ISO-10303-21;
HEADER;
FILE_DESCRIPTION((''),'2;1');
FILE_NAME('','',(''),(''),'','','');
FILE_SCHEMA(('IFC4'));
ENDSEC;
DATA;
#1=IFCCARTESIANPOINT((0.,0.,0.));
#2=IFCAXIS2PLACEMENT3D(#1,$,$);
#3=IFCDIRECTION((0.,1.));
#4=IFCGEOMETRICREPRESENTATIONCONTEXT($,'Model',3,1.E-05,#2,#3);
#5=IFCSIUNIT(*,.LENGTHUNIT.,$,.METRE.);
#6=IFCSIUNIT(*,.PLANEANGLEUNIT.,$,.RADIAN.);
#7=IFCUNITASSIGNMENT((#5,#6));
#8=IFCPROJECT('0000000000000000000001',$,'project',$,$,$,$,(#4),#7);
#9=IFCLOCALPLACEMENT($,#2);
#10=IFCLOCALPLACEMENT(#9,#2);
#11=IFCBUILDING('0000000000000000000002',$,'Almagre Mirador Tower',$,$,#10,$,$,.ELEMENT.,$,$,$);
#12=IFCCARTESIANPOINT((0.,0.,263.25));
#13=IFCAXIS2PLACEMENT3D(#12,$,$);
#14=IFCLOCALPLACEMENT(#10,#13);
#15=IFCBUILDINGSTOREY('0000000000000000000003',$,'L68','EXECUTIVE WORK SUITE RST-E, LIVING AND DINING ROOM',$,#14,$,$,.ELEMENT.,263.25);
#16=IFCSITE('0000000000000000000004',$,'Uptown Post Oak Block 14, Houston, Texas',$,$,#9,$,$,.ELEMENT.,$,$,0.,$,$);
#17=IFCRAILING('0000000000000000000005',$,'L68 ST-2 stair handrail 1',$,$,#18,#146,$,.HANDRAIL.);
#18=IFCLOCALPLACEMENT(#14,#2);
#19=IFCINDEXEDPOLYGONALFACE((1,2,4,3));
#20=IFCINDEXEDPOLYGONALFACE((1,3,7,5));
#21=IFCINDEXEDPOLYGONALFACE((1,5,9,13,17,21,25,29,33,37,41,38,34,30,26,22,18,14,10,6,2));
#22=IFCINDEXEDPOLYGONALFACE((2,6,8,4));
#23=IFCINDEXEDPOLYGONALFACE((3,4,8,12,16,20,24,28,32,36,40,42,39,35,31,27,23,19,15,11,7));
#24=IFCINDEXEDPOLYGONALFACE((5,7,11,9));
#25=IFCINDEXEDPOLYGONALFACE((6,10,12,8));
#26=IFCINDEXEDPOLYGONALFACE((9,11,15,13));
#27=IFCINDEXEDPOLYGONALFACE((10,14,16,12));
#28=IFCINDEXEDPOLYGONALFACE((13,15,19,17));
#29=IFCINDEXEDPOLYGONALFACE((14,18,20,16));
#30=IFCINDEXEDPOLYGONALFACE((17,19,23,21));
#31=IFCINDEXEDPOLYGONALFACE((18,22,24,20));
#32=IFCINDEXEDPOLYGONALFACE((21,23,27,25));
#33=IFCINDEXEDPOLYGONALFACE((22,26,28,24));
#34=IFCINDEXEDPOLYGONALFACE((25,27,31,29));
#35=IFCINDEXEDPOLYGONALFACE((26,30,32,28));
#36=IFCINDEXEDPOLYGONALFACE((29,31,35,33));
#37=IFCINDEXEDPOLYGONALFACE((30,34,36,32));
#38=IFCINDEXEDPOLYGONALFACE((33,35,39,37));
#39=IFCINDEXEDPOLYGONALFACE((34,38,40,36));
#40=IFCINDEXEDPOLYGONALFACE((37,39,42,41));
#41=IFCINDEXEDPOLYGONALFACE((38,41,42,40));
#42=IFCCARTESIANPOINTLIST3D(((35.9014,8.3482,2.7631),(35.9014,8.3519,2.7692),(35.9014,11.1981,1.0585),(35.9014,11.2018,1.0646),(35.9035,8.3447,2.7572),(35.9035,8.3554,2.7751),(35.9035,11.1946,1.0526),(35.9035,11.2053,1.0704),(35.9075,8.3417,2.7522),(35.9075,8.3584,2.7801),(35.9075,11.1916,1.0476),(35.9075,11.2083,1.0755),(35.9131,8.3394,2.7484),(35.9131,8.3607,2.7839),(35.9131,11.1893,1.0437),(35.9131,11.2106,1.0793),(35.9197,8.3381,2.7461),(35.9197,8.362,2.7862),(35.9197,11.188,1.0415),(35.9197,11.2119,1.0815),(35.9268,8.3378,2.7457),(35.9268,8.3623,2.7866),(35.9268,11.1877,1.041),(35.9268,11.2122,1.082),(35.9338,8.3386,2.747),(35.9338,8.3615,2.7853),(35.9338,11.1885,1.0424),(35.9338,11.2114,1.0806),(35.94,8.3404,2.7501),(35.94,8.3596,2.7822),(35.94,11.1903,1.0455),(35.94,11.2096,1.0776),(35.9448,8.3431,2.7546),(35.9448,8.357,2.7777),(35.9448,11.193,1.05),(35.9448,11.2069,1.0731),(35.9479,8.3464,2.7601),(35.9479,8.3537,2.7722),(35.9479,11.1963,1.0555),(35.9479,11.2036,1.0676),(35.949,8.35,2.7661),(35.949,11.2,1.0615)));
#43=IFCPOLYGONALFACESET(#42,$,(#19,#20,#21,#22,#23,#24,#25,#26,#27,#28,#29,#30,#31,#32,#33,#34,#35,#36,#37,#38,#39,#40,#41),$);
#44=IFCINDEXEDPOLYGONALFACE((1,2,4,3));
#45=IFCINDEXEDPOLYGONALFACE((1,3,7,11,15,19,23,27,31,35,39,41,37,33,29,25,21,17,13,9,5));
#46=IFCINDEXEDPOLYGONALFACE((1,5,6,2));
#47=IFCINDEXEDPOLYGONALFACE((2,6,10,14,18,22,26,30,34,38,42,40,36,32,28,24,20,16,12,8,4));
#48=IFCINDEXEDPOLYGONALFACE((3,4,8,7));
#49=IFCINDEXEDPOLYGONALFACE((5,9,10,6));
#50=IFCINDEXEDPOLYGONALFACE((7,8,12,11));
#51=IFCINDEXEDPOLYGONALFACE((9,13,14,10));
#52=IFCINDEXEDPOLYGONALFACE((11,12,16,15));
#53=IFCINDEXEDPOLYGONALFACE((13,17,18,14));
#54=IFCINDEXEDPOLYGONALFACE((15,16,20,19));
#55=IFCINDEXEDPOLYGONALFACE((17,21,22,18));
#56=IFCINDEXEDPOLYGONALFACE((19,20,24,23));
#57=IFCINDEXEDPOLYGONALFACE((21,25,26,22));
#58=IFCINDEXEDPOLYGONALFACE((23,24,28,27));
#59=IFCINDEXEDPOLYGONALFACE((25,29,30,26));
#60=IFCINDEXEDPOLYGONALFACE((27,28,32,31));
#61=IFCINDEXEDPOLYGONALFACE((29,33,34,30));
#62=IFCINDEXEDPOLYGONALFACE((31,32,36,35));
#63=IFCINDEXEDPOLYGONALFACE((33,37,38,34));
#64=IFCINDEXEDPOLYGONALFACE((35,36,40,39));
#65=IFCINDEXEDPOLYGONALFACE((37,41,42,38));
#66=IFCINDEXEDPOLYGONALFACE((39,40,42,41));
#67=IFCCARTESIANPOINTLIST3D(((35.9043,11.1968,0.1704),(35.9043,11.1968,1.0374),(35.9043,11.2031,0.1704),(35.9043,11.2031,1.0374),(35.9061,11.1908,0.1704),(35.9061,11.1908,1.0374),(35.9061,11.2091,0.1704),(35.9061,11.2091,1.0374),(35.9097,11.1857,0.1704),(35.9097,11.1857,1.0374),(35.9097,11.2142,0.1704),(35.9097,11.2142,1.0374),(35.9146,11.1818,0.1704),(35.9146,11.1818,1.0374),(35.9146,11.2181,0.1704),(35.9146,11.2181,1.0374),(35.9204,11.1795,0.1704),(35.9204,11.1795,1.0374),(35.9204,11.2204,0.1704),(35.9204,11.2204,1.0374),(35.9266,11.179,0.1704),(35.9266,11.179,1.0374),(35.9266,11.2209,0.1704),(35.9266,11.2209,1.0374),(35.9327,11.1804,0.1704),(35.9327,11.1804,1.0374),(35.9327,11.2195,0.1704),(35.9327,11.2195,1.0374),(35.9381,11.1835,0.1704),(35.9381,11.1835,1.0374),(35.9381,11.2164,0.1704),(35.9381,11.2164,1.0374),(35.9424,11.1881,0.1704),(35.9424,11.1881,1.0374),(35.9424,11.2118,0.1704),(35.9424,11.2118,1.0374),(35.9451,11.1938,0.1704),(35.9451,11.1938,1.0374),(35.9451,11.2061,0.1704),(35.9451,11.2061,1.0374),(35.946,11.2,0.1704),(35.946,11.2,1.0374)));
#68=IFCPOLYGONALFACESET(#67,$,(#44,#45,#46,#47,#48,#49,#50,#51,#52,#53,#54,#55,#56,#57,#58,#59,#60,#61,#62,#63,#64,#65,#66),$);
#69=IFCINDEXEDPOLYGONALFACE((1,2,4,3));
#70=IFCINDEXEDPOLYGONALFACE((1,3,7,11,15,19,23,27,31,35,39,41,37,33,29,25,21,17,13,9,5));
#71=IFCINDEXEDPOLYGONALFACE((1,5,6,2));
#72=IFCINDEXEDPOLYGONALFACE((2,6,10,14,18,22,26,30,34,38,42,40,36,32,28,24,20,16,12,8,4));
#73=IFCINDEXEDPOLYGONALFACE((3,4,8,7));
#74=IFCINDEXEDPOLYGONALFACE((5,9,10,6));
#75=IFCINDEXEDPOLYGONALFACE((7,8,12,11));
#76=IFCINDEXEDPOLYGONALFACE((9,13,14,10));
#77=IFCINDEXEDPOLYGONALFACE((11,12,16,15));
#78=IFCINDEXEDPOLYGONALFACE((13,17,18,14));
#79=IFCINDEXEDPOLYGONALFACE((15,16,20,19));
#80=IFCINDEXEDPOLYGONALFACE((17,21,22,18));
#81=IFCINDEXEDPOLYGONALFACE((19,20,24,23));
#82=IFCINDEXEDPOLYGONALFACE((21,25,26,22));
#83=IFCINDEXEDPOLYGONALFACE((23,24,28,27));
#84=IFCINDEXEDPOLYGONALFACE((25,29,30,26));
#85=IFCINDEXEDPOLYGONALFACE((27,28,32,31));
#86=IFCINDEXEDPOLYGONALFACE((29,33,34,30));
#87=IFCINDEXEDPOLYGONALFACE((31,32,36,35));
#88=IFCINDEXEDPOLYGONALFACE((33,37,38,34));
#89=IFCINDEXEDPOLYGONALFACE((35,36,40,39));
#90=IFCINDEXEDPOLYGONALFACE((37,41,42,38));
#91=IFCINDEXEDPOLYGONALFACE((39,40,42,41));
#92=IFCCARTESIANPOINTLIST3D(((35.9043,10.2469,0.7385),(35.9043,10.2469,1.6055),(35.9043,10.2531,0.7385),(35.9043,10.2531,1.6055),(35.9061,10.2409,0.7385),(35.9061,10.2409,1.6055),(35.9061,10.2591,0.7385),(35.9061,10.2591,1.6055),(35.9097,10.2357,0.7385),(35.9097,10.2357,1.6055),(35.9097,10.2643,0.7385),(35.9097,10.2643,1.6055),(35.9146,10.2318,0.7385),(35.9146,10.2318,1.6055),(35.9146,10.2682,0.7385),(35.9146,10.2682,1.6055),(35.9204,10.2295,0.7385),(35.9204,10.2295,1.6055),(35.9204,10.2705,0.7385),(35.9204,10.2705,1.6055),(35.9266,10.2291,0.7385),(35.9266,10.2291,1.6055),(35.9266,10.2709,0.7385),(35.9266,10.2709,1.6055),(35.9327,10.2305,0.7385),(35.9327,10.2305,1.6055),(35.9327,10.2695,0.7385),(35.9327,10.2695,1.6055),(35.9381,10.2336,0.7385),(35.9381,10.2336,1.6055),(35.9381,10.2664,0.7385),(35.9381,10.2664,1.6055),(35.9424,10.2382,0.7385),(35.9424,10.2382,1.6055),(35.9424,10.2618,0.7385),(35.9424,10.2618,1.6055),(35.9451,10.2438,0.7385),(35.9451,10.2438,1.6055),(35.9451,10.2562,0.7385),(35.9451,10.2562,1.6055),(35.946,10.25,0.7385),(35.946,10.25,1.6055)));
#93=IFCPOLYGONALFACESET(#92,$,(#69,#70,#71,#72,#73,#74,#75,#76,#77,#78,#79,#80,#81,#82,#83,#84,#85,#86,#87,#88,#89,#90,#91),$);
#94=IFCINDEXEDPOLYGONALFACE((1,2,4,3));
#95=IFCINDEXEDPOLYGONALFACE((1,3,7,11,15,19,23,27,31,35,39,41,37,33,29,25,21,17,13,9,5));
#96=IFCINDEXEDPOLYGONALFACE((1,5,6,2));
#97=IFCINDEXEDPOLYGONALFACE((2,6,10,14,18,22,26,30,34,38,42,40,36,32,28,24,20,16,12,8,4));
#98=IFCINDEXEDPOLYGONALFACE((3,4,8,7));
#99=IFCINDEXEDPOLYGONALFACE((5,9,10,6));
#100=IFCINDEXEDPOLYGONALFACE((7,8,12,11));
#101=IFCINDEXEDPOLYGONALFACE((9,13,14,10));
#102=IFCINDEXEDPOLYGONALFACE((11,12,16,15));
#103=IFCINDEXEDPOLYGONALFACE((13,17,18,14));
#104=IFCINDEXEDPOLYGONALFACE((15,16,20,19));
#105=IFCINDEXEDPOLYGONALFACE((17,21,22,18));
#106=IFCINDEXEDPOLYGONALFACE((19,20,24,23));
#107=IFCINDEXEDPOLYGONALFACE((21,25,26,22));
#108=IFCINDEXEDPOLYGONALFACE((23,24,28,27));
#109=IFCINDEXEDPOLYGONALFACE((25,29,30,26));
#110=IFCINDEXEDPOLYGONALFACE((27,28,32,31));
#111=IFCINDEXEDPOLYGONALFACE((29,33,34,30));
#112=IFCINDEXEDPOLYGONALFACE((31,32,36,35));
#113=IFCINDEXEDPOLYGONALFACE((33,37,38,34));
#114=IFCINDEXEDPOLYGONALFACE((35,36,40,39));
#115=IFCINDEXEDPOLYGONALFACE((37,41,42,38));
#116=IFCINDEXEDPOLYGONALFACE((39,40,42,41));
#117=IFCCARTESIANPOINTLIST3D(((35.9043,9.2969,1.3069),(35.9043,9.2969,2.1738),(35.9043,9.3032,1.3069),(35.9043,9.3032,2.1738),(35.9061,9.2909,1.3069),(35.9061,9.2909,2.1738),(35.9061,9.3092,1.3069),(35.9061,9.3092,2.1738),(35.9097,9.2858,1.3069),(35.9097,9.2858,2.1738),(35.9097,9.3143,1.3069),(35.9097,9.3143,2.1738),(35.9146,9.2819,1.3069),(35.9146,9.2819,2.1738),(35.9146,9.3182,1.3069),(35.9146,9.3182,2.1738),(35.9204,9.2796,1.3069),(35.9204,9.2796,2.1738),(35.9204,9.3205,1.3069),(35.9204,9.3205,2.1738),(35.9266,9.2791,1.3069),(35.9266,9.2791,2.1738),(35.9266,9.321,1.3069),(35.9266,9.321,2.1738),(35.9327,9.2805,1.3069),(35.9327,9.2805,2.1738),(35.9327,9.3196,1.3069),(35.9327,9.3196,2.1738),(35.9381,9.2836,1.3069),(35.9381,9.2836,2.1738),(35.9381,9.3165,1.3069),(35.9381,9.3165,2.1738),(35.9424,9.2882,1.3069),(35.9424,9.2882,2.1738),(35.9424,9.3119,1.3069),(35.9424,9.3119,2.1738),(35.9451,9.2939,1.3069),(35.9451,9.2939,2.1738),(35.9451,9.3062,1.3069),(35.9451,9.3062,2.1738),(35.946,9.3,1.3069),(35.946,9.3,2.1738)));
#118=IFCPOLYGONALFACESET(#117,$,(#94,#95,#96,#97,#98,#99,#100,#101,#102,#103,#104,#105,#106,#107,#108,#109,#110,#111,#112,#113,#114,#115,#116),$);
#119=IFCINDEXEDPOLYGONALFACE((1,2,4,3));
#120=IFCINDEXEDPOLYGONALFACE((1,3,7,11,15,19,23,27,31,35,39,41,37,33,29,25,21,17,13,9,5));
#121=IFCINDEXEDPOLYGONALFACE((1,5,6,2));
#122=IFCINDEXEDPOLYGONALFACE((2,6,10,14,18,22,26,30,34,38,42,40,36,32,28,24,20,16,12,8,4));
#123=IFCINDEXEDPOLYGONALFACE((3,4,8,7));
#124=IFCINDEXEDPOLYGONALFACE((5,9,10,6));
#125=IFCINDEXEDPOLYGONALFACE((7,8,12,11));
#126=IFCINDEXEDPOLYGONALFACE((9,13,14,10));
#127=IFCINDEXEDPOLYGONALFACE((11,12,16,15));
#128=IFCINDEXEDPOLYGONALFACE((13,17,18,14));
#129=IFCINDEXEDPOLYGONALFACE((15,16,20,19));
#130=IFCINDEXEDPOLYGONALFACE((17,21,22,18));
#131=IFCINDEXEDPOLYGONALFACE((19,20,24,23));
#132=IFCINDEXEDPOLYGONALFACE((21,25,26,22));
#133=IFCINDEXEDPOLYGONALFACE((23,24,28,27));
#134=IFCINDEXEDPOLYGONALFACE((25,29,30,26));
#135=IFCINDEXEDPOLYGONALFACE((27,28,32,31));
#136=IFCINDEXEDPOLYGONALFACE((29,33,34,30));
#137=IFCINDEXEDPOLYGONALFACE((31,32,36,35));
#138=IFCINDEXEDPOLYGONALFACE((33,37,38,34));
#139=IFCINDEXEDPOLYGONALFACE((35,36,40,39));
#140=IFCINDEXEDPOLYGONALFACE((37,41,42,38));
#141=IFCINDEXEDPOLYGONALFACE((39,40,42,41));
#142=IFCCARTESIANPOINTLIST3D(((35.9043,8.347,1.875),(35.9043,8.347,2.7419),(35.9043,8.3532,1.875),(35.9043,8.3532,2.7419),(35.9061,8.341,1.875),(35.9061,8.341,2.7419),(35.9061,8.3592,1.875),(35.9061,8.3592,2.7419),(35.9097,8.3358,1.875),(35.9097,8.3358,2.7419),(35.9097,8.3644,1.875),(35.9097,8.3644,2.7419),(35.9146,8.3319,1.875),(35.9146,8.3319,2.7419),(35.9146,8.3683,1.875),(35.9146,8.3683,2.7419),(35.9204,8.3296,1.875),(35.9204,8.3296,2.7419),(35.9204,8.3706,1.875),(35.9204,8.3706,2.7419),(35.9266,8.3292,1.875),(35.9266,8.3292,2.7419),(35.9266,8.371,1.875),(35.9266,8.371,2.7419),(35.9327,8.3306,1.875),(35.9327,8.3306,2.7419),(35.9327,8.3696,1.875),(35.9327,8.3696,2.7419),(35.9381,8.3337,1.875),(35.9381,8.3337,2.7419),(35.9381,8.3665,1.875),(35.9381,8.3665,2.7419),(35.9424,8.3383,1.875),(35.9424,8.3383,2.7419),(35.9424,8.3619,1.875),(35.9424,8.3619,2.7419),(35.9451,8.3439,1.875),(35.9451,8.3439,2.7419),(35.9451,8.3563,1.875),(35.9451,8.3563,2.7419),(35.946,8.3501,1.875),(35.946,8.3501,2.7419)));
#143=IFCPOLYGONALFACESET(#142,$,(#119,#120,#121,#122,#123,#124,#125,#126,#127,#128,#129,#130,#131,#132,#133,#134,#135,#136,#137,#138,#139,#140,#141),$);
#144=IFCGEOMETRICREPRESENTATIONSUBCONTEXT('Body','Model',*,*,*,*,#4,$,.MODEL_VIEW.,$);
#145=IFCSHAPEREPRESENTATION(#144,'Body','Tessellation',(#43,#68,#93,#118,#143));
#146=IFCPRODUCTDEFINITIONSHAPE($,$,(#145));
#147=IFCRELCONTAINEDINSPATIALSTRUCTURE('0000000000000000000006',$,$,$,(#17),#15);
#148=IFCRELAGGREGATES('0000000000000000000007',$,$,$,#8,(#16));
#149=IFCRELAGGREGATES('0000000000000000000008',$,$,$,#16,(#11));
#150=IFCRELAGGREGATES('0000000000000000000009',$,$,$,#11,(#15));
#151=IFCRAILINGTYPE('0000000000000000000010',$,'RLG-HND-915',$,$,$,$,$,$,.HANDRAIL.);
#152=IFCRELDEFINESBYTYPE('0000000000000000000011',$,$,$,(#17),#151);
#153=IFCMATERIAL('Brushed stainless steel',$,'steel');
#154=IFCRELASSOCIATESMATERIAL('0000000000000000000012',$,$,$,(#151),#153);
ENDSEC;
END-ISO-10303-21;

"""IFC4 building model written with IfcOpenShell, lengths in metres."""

from ifc_helpers import new_model, si_unit, direction, frame, origin, origin_2d, place, context, subcontext, project, spatial, circle, extrude, material, type_object, element, save


model = new_model("IFC4")

# Units and contexts
model_context = context("Model", 3, precision=1e-05, world=origin(), true_north=direction((0.0, 1.0)))
body_context = subcontext(model_context, "Body", "Model", "MODEL_VIEW")
ifc_project = project(units=[si_unit("LENGTHUNIT", "METRE"), si_unit("PLANEANGLEUNIT", "RADIAN")], contexts=[model_context])

# Site, building, storey
site_placement = place(None, origin())
site = spatial("IfcSite", under=ifc_project, at=site_placement, Name="Uptown Post Oak Block 14, Houston, Texas", CompositionType="ELEMENT", RefElevation=0.0)
building_placement = place(site_placement, origin())
building = spatial("IfcBuilding", under=site, at=building_placement, Name="Almagre Mirador Tower", CompositionType="ELEMENT")
storey_placement = place(building_placement, frame((0.0, 0.0, 263.25)))
storey = spatial("IfcBuildingStorey", under=building, at=storey_placement, Name="L68", Description="EXECUTIVE WORK SUITE RST-E, LIVING AND DINING ROOM", CompositionType="ELEMENT", Elevation=263.25)

# Railing
ifc_material_1 = material(Name="Brushed stainless steel", Category="steel")
railing_type_1 = type_object("IfcRailingType", Name="RLG-HND-915", PredefinedType="HANDRAIL", material=ifc_material_1)
railing_1_placement = place(storey_placement, frame((35.925, 11.2, 0.1704)))
element("IfcRailing", 1, at=railing_1_placement, inside=storey, type_object=railing_type_1, Name="L68 ST-2 stair handrail 1", PredefinedType="HANDRAIL", context=body_context, shape_type="SweptSolid", body=[
    extrude(circle(Radius=0.0239, at=origin_2d()), frame((0.0, 0.0, 0.8911), z_axis=(0.0, -0.858199, 0.513317), x_axis=(1.0, 0.0, 0.0)), (0.0, 0.0, 1.0), 3.3208),
    extrude(circle(Radius=0.021, at=origin_2d()), origin(), (0.0, 0.0, 1.0), 0.8669),
    extrude(circle(Radius=0.021, at=origin_2d()), frame((0.0, -0.95, 0.5681)), (0.0, 0.0, 1.0), 0.8669),
    extrude(circle(Radius=0.021, at=origin_2d()), frame((0.0, -1.8999, 1.1365)), (0.0, 0.0, 1.0), 0.8669),
    extrude(circle(Radius=0.021, at=origin_2d()), frame((0.0, -2.8499, 1.7046)), (0.0, 0.0, 1.0), 0.8669),
])

save(model, "model.ifc")
